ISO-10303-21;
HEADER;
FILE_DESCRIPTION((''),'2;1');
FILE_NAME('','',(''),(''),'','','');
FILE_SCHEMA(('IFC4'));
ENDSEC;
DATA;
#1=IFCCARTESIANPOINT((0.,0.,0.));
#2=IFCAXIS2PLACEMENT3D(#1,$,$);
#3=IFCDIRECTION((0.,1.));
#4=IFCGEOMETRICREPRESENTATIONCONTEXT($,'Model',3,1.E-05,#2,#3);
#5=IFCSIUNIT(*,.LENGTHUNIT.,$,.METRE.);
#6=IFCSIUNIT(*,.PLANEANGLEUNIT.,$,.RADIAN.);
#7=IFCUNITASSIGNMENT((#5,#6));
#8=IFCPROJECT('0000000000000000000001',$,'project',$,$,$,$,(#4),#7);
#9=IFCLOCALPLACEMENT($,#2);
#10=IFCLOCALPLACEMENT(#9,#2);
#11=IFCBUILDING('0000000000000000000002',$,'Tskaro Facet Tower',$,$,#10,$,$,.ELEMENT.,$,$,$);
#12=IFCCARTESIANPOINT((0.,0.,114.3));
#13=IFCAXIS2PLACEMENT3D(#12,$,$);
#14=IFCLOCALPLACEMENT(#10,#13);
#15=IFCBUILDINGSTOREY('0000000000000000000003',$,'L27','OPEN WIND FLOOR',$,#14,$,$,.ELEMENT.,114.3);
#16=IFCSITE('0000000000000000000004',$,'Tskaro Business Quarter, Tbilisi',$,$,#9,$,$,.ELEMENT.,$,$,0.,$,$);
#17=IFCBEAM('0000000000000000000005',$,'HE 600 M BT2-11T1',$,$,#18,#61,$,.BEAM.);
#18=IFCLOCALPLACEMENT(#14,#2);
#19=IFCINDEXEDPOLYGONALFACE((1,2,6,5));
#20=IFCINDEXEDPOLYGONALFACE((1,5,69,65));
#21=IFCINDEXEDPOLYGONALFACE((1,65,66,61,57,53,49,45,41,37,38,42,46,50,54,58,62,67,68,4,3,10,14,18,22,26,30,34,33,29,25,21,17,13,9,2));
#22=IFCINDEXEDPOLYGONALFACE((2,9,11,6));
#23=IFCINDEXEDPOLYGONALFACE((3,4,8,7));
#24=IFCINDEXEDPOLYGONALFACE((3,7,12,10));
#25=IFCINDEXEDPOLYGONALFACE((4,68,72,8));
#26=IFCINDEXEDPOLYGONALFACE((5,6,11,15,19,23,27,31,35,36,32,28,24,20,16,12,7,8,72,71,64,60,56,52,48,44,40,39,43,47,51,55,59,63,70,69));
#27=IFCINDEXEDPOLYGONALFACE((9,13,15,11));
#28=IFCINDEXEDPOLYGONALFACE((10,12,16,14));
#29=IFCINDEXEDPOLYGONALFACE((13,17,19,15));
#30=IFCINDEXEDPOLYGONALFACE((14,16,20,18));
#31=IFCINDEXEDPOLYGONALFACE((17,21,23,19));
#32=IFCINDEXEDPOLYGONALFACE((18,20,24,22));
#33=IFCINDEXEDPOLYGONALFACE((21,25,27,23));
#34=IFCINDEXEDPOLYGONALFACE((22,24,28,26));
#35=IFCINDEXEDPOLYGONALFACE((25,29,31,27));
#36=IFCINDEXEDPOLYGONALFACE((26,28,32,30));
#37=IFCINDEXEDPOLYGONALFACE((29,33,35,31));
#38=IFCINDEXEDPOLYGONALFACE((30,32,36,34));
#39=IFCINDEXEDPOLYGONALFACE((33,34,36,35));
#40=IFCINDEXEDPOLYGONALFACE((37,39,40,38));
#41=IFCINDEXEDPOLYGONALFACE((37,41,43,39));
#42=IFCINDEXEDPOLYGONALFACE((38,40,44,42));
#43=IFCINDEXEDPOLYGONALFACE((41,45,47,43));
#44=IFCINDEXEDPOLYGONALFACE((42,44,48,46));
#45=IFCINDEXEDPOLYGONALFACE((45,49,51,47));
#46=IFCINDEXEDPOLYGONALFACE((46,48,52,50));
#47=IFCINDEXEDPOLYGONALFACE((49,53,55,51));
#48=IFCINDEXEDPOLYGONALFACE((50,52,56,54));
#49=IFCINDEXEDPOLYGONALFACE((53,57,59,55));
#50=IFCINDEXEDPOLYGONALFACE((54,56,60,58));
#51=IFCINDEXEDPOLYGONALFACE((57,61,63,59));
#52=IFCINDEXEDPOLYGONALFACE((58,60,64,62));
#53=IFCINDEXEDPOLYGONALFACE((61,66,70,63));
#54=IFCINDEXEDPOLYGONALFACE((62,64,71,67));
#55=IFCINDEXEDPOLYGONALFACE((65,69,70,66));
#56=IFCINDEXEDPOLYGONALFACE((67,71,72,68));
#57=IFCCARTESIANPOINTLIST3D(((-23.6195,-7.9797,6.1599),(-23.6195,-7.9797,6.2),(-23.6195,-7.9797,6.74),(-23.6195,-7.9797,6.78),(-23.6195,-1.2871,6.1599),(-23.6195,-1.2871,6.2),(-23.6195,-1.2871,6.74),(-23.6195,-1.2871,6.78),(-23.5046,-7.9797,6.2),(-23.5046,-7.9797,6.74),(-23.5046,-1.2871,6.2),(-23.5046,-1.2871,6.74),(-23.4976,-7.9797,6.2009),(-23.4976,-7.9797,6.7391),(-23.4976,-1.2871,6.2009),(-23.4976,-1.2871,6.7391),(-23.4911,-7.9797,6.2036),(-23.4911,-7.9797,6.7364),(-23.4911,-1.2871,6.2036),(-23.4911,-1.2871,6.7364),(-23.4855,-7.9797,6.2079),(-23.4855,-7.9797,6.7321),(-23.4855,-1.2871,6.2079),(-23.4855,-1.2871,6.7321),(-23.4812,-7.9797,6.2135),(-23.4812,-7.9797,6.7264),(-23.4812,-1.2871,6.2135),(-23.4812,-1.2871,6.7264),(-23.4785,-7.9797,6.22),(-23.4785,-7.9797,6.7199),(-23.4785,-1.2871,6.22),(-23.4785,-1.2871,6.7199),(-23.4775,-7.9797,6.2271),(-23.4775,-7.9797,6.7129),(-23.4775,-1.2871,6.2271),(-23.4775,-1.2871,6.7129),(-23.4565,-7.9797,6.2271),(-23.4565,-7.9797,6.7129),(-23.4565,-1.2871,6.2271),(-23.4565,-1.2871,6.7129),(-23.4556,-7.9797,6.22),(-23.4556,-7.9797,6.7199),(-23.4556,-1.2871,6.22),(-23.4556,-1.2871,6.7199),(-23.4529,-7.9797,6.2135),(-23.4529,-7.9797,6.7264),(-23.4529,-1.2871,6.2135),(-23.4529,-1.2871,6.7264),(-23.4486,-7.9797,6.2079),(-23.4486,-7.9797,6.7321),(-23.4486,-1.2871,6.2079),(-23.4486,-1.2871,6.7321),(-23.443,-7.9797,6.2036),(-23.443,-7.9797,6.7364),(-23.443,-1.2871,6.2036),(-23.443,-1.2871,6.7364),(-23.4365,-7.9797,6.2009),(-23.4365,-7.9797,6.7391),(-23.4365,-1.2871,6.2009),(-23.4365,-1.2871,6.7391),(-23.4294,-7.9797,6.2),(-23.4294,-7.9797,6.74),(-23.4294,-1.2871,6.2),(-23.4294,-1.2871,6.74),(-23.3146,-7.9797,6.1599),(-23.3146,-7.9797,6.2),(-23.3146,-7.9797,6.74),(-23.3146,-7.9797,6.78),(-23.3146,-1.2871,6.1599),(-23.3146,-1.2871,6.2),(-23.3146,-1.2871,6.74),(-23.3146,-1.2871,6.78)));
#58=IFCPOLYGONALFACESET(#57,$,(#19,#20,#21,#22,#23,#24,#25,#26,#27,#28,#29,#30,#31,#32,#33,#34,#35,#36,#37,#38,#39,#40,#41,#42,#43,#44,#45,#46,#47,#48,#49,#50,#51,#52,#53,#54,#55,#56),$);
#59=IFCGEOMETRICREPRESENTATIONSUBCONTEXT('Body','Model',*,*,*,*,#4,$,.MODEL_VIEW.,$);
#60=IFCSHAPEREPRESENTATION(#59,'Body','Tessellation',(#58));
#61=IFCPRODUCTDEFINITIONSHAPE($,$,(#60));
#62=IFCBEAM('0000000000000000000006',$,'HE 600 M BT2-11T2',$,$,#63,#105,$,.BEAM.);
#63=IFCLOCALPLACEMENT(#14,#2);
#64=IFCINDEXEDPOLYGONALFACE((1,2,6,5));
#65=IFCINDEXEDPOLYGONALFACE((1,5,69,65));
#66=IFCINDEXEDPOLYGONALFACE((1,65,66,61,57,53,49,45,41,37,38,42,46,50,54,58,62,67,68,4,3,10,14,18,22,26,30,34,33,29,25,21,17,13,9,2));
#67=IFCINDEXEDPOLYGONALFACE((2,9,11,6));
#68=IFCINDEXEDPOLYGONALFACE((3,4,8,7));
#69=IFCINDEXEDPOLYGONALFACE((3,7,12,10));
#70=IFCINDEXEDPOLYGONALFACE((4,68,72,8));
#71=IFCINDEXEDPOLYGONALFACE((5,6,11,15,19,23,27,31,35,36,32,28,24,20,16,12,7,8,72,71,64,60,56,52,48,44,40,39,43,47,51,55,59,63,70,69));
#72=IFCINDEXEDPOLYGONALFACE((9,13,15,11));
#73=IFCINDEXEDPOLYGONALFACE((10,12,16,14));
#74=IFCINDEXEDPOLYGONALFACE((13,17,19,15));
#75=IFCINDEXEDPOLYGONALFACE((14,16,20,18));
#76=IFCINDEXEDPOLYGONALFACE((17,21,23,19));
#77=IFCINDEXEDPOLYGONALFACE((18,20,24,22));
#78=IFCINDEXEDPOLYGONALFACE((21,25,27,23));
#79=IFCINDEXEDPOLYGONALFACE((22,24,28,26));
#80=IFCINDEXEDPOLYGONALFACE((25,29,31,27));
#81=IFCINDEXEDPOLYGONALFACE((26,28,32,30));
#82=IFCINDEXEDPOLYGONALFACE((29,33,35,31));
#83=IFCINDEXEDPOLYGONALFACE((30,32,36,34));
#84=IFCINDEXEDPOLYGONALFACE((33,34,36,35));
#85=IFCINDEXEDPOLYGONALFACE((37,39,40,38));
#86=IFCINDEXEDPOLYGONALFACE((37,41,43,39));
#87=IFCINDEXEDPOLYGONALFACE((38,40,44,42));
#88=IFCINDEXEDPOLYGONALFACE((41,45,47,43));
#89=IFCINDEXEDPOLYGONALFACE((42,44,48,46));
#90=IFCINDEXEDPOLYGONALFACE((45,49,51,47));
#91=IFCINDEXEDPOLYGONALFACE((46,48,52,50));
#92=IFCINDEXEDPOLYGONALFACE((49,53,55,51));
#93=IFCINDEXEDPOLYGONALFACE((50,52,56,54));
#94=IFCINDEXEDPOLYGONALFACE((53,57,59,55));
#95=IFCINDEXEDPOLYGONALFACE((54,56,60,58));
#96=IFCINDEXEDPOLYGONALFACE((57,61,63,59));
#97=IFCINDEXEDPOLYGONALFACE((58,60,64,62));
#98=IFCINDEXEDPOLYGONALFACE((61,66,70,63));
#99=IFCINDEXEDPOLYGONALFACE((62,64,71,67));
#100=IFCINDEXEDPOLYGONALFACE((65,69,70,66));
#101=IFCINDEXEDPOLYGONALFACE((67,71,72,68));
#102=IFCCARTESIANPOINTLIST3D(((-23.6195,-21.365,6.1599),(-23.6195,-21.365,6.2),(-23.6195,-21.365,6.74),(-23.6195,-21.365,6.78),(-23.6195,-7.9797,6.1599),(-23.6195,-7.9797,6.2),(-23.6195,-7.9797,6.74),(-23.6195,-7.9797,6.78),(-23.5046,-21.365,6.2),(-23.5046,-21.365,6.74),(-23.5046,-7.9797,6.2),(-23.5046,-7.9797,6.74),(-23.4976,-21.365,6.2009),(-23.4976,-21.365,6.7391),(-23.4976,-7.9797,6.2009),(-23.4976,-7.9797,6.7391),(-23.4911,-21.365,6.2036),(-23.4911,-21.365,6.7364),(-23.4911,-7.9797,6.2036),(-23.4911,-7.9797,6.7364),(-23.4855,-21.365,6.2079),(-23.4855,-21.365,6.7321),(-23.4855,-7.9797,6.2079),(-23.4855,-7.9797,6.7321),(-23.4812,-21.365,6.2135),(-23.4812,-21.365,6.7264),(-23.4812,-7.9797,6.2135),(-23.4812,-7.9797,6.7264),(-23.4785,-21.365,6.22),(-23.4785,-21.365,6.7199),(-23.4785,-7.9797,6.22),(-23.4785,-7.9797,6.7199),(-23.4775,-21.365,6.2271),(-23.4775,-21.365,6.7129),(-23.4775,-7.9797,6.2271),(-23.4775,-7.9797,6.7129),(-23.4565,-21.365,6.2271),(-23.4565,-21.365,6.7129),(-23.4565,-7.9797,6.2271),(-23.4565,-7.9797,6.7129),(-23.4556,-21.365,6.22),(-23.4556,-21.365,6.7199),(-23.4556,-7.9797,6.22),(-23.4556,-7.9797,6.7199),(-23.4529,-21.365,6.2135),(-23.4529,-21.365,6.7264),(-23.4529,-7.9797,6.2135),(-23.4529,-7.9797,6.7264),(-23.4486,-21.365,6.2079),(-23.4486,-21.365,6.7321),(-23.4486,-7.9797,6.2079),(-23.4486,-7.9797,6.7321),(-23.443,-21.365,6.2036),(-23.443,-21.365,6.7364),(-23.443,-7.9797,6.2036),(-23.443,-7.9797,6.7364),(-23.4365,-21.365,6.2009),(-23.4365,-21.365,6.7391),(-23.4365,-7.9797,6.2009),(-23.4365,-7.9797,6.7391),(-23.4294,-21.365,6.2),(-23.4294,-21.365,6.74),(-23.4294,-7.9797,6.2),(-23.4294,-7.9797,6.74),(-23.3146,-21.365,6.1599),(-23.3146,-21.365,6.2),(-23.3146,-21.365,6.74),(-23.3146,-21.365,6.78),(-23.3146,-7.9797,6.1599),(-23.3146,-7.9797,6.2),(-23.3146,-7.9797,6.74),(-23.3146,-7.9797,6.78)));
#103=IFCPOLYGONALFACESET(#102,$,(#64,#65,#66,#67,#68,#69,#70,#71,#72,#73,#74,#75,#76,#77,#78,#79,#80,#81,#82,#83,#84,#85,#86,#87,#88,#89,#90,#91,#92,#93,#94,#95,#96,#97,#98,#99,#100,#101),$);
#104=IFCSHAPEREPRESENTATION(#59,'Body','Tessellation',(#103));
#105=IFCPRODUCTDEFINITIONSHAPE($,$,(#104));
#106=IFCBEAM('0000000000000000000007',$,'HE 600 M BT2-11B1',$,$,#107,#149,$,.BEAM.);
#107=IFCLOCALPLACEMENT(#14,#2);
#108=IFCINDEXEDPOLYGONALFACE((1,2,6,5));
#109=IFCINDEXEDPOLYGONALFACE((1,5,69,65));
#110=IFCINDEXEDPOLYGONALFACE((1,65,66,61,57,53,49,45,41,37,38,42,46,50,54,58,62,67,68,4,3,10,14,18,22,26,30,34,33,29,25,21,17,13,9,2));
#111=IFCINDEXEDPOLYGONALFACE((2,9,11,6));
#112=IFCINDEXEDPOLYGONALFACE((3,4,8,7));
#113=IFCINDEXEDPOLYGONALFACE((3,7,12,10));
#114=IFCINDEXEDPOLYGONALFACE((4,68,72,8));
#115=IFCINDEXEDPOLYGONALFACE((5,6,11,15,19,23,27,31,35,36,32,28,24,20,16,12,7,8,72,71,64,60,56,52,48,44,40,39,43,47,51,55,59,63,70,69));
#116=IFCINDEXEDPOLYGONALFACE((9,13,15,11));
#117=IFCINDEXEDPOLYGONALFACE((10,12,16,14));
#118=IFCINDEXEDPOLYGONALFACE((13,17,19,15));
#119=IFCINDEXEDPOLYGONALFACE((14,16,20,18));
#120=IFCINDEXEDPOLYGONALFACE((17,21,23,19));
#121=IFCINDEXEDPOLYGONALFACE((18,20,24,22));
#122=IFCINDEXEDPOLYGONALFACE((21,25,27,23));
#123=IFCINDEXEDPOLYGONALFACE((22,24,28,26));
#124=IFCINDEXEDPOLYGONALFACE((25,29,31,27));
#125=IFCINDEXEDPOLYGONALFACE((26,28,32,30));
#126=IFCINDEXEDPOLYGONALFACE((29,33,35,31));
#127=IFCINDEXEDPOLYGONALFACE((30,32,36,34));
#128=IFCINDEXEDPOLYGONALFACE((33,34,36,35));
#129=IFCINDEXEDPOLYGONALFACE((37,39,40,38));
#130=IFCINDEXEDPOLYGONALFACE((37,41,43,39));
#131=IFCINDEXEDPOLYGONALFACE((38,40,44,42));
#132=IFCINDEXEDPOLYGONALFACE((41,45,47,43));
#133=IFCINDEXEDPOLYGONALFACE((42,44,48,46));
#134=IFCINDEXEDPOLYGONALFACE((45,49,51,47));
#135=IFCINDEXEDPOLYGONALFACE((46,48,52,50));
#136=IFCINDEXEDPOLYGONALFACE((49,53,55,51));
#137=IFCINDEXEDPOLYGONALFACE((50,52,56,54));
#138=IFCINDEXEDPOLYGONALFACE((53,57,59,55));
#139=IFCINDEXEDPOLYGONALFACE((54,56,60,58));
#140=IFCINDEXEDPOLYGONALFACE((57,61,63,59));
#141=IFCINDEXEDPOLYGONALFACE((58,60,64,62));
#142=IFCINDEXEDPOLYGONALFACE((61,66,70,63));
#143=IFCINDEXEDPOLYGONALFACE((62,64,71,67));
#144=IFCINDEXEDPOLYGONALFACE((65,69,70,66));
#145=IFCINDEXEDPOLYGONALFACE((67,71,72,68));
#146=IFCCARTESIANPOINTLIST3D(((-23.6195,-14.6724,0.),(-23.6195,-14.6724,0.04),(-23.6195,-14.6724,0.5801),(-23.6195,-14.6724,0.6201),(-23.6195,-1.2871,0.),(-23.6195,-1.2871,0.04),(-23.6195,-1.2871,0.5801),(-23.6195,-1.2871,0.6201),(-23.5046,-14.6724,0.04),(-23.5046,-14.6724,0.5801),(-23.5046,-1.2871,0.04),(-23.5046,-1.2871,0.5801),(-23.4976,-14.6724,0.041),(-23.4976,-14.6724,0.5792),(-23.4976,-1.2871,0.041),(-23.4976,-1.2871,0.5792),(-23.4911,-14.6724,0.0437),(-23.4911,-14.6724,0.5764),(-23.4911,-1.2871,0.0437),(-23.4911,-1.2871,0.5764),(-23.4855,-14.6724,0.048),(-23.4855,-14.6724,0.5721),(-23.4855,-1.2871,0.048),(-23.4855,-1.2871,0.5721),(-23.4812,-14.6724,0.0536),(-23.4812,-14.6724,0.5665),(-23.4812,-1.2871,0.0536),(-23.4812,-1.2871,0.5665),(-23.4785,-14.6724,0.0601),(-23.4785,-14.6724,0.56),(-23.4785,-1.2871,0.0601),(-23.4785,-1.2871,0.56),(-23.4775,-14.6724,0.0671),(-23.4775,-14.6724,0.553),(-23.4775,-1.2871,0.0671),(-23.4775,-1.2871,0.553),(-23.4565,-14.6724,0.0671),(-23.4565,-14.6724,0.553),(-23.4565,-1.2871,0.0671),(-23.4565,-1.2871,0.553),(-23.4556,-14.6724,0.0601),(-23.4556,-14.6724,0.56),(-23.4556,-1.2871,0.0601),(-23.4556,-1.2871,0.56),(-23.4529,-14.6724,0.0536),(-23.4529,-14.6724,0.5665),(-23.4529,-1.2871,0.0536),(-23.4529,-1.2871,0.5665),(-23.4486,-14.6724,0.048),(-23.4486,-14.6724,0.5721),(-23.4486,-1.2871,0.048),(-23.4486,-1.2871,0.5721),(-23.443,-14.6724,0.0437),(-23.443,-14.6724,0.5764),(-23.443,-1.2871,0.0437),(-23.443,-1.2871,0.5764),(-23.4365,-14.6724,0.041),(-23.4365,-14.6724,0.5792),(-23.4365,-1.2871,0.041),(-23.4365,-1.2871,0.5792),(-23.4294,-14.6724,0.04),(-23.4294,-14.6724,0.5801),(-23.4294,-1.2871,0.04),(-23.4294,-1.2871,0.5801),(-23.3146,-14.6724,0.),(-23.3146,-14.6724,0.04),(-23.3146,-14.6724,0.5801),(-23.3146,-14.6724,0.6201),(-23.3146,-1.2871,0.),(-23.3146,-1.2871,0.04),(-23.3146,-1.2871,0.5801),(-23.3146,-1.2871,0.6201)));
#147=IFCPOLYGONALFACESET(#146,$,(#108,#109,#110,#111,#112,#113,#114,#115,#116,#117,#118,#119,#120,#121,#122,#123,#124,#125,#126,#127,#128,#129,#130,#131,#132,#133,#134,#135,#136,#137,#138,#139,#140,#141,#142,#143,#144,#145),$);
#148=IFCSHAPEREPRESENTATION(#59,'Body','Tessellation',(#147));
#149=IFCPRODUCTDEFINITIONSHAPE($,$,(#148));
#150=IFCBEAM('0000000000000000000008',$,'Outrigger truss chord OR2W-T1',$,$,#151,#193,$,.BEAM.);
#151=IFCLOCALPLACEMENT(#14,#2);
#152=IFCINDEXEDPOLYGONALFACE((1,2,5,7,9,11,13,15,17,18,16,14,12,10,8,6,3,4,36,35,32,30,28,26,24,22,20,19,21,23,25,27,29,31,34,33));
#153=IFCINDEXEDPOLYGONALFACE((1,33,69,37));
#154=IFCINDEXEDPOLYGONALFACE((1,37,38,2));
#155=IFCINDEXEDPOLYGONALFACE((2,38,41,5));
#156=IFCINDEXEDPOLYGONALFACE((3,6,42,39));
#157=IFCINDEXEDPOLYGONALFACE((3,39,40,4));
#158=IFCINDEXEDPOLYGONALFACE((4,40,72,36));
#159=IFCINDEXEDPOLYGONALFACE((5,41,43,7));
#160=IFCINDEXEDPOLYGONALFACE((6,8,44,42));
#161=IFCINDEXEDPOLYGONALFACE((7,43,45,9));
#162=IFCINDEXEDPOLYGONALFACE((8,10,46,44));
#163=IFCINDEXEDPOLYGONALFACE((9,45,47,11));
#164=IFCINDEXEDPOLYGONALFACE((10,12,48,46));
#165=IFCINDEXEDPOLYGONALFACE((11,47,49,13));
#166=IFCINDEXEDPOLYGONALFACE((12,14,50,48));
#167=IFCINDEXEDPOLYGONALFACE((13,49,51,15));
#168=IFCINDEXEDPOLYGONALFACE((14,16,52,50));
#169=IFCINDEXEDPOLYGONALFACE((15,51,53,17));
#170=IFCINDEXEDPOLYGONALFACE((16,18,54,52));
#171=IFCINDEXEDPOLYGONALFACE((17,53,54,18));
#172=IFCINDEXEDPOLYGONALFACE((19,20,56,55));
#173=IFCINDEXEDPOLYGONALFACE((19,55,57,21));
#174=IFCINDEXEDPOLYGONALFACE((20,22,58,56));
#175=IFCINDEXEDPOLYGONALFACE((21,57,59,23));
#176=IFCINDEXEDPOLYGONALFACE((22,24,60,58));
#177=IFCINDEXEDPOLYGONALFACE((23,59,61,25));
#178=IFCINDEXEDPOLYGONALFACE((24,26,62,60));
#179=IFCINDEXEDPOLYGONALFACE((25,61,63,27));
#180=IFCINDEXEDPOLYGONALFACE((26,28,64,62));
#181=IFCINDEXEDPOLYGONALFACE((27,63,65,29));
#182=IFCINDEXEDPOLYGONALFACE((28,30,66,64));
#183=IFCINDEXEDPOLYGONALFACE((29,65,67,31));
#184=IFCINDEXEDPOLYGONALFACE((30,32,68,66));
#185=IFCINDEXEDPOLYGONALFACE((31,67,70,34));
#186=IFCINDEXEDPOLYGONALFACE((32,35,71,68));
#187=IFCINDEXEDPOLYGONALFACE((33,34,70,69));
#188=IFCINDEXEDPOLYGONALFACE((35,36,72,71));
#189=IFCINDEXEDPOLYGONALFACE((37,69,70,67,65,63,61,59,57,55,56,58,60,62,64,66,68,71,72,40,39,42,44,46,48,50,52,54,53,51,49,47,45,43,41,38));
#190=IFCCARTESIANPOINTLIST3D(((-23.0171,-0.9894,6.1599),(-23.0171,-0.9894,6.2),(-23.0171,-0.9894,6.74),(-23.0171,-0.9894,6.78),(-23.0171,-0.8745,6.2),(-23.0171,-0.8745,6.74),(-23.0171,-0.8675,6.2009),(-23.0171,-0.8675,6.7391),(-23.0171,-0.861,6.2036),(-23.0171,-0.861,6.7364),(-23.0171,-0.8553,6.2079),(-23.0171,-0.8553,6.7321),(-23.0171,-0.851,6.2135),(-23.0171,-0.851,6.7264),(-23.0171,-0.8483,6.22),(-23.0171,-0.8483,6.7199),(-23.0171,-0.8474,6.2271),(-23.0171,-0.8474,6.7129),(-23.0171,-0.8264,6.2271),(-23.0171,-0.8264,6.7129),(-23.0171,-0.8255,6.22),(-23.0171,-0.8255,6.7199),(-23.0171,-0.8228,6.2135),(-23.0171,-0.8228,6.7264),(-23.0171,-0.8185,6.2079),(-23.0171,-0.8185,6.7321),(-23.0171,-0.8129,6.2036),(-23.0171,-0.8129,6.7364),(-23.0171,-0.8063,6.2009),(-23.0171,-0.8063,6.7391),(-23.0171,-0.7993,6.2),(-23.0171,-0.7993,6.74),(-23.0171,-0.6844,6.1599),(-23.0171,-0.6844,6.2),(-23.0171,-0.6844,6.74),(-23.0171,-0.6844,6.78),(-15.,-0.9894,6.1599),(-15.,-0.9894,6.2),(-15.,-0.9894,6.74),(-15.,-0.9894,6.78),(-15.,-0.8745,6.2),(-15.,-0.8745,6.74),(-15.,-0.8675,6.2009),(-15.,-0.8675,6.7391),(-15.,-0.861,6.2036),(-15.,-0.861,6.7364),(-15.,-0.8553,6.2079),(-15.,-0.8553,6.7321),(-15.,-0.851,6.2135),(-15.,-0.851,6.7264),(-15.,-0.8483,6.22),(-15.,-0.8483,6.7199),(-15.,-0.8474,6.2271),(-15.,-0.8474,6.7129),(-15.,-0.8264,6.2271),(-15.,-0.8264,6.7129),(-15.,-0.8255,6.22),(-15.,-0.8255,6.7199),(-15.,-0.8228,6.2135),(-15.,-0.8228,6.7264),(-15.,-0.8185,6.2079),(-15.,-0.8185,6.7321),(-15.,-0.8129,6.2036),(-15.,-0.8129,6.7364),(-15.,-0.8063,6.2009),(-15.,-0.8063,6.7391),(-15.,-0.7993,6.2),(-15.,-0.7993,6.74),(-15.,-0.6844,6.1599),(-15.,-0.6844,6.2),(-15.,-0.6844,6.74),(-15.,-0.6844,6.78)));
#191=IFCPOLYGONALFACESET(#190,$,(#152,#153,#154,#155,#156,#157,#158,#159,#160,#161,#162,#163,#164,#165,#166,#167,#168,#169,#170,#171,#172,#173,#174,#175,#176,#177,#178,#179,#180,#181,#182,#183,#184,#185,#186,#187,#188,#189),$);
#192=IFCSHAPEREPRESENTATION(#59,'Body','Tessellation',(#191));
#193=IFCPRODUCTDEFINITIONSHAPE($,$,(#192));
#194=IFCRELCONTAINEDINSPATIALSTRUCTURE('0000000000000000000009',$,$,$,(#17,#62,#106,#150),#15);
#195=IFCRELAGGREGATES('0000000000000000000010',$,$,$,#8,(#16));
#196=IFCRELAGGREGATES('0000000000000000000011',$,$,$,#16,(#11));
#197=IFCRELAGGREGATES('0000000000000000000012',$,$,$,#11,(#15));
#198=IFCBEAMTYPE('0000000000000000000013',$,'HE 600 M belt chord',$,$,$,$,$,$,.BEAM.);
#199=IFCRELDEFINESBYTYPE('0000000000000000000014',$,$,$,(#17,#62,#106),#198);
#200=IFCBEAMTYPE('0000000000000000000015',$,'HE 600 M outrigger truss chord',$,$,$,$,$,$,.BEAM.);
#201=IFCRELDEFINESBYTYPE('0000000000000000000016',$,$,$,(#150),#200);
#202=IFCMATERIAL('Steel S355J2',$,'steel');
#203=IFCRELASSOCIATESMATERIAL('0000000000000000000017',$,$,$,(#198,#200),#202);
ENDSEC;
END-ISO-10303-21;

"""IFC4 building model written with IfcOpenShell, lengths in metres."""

from ifc_helpers import new_model, si_unit, direction, frame, origin, origin_2d, place, context, subcontext, project, spatial, i_section, extrude, material, material_profile, profile_set, type_object, element, save


model = new_model("IFC4")

# Units and contexts
model_context = context("Model", 3, precision=1e-05, world=origin(), true_north=direction((0.0, 1.0)))
body_context = subcontext(model_context, "Body", "Model", "MODEL_VIEW")
ifc_project = project(units=[si_unit("LENGTHUNIT", "METRE"), si_unit("PLANEANGLEUNIT", "RADIAN")], contexts=[model_context])

# Site, building, storey
site_placement = place(None, origin())
site = spatial("IfcSite", under=ifc_project, at=site_placement, Name="Tskaro Business Quarter, Tbilisi", CompositionType="ELEMENT", RefElevation=0.0)
building_placement = place(site_placement, origin())
building = spatial("IfcBuilding", under=site, at=building_placement, Name="Tskaro Facet Tower", CompositionType="ELEMENT")
storey_placement = place(building_placement, frame((0.0, 0.0, 114.3)))
storey = spatial("IfcBuildingStorey", under=building, at=storey_placement, Name="L27", Description="OPEN WIND FLOOR", CompositionType="ELEMENT", Elevation=114.3)

# Shared definitions
ifc_material_1 = material(Name="Steel S355J2", Category="steel")

# Beams
ifc_material_profile_1 = material_profile(ifc_material_1, i_section(OverallWidth=0.3049, OverallDepth=0.6201, WebThickness=0.021, FlangeThickness=0.04, FilletRadius=0.0271, at=origin_2d()), Name="HE 600 M")
ifc_profile_set_1 = profile_set([ifc_material_profile_1], Name="Steel S355J2")
beam_type_1 = type_object("IfcBeamType", Name="HE 600 M belt chord", PredefinedType="BEAM", material=ifc_profile_set_1)
beam_1_placement = place(storey_placement, frame((-23.467, -1.2871, 6.47), z_axis=(0.0, -1.0, 0.0), x_axis=(1.0, 0.0, 0.0)))
element("IfcBeam", 1, at=beam_1_placement, inside=storey, type_object=beam_type_1, Name="HE 600 M BT2-11T1", PredefinedType="BEAM", context=body_context, shape_type="SweptSolid", body=[
    extrude(i_section(OverallWidth=0.3049, OverallDepth=0.6201, WebThickness=0.021, FlangeThickness=0.04, FilletRadius=0.0271, at=origin_2d()), origin(), (0.0, 0.0, 1.0), 6.6926),
])
for number, where, z_axis, x_axis, name in (
    (2, (-23.467, -7.9797, 6.47), (0.0, -1.0, 0.0), (1.0, 0.0, 0.0), "HE 600 M BT2-11T2"),
    (3, (-23.467, -1.2871, 0.3101), (0.0, -1.0, 0.0), (1.0, 0.0, 0.0), "HE 600 M BT2-11B1"),
):
    element("IfcBeam", number, at=place(storey_placement, frame(where, z_axis=z_axis, x_axis=x_axis)), inside=storey, type_object=beam_type_1, Name=name, PredefinedType="BEAM", context=body_context, shape_type="SweptSolid", body=[
        extrude(i_section(OverallWidth=0.3049, OverallDepth=0.6201, WebThickness=0.021, FlangeThickness=0.04, FilletRadius=0.0271, at=origin_2d()), origin(), (0.0, 0.0, 1.0), 13.3853),
    ])
ifc_material_profile_2 = material_profile(ifc_material_1, i_section(OverallWidth=0.3049, OverallDepth=0.6201, WebThickness=0.021, FlangeThickness=0.04, FilletRadius=0.0271, at=origin_2d()), Name="HE 600 M")
ifc_profile_set_2 = profile_set([ifc_material_profile_2], Name="Steel S355J2")
beam_type_2 = type_object("IfcBeamType", Name="HE 600 M outrigger truss chord", PredefinedType="BEAM", material=ifc_profile_set_2)
beam_2_placement = place(storey_placement, frame((-23.0171, -0.8369, 6.47), z_axis=(1.0, 0.0, 0.0), x_axis=(0.0, 1.0, 0.0)))
element("IfcBeam", 4, at=beam_2_placement, inside=storey, type_object=beam_type_2, Name="Outrigger truss chord OR2W-T1", PredefinedType="BEAM", context=body_context, shape_type="SweptSolid", body=[
    extrude(i_section(OverallWidth=0.3049, OverallDepth=0.6201, WebThickness=0.021, FlangeThickness=0.04, FilletRadius=0.0271, at=origin_2d()), origin(), (0.0, 0.0, 1.0), 8.0171),
])

save(model, "model.ifc")
